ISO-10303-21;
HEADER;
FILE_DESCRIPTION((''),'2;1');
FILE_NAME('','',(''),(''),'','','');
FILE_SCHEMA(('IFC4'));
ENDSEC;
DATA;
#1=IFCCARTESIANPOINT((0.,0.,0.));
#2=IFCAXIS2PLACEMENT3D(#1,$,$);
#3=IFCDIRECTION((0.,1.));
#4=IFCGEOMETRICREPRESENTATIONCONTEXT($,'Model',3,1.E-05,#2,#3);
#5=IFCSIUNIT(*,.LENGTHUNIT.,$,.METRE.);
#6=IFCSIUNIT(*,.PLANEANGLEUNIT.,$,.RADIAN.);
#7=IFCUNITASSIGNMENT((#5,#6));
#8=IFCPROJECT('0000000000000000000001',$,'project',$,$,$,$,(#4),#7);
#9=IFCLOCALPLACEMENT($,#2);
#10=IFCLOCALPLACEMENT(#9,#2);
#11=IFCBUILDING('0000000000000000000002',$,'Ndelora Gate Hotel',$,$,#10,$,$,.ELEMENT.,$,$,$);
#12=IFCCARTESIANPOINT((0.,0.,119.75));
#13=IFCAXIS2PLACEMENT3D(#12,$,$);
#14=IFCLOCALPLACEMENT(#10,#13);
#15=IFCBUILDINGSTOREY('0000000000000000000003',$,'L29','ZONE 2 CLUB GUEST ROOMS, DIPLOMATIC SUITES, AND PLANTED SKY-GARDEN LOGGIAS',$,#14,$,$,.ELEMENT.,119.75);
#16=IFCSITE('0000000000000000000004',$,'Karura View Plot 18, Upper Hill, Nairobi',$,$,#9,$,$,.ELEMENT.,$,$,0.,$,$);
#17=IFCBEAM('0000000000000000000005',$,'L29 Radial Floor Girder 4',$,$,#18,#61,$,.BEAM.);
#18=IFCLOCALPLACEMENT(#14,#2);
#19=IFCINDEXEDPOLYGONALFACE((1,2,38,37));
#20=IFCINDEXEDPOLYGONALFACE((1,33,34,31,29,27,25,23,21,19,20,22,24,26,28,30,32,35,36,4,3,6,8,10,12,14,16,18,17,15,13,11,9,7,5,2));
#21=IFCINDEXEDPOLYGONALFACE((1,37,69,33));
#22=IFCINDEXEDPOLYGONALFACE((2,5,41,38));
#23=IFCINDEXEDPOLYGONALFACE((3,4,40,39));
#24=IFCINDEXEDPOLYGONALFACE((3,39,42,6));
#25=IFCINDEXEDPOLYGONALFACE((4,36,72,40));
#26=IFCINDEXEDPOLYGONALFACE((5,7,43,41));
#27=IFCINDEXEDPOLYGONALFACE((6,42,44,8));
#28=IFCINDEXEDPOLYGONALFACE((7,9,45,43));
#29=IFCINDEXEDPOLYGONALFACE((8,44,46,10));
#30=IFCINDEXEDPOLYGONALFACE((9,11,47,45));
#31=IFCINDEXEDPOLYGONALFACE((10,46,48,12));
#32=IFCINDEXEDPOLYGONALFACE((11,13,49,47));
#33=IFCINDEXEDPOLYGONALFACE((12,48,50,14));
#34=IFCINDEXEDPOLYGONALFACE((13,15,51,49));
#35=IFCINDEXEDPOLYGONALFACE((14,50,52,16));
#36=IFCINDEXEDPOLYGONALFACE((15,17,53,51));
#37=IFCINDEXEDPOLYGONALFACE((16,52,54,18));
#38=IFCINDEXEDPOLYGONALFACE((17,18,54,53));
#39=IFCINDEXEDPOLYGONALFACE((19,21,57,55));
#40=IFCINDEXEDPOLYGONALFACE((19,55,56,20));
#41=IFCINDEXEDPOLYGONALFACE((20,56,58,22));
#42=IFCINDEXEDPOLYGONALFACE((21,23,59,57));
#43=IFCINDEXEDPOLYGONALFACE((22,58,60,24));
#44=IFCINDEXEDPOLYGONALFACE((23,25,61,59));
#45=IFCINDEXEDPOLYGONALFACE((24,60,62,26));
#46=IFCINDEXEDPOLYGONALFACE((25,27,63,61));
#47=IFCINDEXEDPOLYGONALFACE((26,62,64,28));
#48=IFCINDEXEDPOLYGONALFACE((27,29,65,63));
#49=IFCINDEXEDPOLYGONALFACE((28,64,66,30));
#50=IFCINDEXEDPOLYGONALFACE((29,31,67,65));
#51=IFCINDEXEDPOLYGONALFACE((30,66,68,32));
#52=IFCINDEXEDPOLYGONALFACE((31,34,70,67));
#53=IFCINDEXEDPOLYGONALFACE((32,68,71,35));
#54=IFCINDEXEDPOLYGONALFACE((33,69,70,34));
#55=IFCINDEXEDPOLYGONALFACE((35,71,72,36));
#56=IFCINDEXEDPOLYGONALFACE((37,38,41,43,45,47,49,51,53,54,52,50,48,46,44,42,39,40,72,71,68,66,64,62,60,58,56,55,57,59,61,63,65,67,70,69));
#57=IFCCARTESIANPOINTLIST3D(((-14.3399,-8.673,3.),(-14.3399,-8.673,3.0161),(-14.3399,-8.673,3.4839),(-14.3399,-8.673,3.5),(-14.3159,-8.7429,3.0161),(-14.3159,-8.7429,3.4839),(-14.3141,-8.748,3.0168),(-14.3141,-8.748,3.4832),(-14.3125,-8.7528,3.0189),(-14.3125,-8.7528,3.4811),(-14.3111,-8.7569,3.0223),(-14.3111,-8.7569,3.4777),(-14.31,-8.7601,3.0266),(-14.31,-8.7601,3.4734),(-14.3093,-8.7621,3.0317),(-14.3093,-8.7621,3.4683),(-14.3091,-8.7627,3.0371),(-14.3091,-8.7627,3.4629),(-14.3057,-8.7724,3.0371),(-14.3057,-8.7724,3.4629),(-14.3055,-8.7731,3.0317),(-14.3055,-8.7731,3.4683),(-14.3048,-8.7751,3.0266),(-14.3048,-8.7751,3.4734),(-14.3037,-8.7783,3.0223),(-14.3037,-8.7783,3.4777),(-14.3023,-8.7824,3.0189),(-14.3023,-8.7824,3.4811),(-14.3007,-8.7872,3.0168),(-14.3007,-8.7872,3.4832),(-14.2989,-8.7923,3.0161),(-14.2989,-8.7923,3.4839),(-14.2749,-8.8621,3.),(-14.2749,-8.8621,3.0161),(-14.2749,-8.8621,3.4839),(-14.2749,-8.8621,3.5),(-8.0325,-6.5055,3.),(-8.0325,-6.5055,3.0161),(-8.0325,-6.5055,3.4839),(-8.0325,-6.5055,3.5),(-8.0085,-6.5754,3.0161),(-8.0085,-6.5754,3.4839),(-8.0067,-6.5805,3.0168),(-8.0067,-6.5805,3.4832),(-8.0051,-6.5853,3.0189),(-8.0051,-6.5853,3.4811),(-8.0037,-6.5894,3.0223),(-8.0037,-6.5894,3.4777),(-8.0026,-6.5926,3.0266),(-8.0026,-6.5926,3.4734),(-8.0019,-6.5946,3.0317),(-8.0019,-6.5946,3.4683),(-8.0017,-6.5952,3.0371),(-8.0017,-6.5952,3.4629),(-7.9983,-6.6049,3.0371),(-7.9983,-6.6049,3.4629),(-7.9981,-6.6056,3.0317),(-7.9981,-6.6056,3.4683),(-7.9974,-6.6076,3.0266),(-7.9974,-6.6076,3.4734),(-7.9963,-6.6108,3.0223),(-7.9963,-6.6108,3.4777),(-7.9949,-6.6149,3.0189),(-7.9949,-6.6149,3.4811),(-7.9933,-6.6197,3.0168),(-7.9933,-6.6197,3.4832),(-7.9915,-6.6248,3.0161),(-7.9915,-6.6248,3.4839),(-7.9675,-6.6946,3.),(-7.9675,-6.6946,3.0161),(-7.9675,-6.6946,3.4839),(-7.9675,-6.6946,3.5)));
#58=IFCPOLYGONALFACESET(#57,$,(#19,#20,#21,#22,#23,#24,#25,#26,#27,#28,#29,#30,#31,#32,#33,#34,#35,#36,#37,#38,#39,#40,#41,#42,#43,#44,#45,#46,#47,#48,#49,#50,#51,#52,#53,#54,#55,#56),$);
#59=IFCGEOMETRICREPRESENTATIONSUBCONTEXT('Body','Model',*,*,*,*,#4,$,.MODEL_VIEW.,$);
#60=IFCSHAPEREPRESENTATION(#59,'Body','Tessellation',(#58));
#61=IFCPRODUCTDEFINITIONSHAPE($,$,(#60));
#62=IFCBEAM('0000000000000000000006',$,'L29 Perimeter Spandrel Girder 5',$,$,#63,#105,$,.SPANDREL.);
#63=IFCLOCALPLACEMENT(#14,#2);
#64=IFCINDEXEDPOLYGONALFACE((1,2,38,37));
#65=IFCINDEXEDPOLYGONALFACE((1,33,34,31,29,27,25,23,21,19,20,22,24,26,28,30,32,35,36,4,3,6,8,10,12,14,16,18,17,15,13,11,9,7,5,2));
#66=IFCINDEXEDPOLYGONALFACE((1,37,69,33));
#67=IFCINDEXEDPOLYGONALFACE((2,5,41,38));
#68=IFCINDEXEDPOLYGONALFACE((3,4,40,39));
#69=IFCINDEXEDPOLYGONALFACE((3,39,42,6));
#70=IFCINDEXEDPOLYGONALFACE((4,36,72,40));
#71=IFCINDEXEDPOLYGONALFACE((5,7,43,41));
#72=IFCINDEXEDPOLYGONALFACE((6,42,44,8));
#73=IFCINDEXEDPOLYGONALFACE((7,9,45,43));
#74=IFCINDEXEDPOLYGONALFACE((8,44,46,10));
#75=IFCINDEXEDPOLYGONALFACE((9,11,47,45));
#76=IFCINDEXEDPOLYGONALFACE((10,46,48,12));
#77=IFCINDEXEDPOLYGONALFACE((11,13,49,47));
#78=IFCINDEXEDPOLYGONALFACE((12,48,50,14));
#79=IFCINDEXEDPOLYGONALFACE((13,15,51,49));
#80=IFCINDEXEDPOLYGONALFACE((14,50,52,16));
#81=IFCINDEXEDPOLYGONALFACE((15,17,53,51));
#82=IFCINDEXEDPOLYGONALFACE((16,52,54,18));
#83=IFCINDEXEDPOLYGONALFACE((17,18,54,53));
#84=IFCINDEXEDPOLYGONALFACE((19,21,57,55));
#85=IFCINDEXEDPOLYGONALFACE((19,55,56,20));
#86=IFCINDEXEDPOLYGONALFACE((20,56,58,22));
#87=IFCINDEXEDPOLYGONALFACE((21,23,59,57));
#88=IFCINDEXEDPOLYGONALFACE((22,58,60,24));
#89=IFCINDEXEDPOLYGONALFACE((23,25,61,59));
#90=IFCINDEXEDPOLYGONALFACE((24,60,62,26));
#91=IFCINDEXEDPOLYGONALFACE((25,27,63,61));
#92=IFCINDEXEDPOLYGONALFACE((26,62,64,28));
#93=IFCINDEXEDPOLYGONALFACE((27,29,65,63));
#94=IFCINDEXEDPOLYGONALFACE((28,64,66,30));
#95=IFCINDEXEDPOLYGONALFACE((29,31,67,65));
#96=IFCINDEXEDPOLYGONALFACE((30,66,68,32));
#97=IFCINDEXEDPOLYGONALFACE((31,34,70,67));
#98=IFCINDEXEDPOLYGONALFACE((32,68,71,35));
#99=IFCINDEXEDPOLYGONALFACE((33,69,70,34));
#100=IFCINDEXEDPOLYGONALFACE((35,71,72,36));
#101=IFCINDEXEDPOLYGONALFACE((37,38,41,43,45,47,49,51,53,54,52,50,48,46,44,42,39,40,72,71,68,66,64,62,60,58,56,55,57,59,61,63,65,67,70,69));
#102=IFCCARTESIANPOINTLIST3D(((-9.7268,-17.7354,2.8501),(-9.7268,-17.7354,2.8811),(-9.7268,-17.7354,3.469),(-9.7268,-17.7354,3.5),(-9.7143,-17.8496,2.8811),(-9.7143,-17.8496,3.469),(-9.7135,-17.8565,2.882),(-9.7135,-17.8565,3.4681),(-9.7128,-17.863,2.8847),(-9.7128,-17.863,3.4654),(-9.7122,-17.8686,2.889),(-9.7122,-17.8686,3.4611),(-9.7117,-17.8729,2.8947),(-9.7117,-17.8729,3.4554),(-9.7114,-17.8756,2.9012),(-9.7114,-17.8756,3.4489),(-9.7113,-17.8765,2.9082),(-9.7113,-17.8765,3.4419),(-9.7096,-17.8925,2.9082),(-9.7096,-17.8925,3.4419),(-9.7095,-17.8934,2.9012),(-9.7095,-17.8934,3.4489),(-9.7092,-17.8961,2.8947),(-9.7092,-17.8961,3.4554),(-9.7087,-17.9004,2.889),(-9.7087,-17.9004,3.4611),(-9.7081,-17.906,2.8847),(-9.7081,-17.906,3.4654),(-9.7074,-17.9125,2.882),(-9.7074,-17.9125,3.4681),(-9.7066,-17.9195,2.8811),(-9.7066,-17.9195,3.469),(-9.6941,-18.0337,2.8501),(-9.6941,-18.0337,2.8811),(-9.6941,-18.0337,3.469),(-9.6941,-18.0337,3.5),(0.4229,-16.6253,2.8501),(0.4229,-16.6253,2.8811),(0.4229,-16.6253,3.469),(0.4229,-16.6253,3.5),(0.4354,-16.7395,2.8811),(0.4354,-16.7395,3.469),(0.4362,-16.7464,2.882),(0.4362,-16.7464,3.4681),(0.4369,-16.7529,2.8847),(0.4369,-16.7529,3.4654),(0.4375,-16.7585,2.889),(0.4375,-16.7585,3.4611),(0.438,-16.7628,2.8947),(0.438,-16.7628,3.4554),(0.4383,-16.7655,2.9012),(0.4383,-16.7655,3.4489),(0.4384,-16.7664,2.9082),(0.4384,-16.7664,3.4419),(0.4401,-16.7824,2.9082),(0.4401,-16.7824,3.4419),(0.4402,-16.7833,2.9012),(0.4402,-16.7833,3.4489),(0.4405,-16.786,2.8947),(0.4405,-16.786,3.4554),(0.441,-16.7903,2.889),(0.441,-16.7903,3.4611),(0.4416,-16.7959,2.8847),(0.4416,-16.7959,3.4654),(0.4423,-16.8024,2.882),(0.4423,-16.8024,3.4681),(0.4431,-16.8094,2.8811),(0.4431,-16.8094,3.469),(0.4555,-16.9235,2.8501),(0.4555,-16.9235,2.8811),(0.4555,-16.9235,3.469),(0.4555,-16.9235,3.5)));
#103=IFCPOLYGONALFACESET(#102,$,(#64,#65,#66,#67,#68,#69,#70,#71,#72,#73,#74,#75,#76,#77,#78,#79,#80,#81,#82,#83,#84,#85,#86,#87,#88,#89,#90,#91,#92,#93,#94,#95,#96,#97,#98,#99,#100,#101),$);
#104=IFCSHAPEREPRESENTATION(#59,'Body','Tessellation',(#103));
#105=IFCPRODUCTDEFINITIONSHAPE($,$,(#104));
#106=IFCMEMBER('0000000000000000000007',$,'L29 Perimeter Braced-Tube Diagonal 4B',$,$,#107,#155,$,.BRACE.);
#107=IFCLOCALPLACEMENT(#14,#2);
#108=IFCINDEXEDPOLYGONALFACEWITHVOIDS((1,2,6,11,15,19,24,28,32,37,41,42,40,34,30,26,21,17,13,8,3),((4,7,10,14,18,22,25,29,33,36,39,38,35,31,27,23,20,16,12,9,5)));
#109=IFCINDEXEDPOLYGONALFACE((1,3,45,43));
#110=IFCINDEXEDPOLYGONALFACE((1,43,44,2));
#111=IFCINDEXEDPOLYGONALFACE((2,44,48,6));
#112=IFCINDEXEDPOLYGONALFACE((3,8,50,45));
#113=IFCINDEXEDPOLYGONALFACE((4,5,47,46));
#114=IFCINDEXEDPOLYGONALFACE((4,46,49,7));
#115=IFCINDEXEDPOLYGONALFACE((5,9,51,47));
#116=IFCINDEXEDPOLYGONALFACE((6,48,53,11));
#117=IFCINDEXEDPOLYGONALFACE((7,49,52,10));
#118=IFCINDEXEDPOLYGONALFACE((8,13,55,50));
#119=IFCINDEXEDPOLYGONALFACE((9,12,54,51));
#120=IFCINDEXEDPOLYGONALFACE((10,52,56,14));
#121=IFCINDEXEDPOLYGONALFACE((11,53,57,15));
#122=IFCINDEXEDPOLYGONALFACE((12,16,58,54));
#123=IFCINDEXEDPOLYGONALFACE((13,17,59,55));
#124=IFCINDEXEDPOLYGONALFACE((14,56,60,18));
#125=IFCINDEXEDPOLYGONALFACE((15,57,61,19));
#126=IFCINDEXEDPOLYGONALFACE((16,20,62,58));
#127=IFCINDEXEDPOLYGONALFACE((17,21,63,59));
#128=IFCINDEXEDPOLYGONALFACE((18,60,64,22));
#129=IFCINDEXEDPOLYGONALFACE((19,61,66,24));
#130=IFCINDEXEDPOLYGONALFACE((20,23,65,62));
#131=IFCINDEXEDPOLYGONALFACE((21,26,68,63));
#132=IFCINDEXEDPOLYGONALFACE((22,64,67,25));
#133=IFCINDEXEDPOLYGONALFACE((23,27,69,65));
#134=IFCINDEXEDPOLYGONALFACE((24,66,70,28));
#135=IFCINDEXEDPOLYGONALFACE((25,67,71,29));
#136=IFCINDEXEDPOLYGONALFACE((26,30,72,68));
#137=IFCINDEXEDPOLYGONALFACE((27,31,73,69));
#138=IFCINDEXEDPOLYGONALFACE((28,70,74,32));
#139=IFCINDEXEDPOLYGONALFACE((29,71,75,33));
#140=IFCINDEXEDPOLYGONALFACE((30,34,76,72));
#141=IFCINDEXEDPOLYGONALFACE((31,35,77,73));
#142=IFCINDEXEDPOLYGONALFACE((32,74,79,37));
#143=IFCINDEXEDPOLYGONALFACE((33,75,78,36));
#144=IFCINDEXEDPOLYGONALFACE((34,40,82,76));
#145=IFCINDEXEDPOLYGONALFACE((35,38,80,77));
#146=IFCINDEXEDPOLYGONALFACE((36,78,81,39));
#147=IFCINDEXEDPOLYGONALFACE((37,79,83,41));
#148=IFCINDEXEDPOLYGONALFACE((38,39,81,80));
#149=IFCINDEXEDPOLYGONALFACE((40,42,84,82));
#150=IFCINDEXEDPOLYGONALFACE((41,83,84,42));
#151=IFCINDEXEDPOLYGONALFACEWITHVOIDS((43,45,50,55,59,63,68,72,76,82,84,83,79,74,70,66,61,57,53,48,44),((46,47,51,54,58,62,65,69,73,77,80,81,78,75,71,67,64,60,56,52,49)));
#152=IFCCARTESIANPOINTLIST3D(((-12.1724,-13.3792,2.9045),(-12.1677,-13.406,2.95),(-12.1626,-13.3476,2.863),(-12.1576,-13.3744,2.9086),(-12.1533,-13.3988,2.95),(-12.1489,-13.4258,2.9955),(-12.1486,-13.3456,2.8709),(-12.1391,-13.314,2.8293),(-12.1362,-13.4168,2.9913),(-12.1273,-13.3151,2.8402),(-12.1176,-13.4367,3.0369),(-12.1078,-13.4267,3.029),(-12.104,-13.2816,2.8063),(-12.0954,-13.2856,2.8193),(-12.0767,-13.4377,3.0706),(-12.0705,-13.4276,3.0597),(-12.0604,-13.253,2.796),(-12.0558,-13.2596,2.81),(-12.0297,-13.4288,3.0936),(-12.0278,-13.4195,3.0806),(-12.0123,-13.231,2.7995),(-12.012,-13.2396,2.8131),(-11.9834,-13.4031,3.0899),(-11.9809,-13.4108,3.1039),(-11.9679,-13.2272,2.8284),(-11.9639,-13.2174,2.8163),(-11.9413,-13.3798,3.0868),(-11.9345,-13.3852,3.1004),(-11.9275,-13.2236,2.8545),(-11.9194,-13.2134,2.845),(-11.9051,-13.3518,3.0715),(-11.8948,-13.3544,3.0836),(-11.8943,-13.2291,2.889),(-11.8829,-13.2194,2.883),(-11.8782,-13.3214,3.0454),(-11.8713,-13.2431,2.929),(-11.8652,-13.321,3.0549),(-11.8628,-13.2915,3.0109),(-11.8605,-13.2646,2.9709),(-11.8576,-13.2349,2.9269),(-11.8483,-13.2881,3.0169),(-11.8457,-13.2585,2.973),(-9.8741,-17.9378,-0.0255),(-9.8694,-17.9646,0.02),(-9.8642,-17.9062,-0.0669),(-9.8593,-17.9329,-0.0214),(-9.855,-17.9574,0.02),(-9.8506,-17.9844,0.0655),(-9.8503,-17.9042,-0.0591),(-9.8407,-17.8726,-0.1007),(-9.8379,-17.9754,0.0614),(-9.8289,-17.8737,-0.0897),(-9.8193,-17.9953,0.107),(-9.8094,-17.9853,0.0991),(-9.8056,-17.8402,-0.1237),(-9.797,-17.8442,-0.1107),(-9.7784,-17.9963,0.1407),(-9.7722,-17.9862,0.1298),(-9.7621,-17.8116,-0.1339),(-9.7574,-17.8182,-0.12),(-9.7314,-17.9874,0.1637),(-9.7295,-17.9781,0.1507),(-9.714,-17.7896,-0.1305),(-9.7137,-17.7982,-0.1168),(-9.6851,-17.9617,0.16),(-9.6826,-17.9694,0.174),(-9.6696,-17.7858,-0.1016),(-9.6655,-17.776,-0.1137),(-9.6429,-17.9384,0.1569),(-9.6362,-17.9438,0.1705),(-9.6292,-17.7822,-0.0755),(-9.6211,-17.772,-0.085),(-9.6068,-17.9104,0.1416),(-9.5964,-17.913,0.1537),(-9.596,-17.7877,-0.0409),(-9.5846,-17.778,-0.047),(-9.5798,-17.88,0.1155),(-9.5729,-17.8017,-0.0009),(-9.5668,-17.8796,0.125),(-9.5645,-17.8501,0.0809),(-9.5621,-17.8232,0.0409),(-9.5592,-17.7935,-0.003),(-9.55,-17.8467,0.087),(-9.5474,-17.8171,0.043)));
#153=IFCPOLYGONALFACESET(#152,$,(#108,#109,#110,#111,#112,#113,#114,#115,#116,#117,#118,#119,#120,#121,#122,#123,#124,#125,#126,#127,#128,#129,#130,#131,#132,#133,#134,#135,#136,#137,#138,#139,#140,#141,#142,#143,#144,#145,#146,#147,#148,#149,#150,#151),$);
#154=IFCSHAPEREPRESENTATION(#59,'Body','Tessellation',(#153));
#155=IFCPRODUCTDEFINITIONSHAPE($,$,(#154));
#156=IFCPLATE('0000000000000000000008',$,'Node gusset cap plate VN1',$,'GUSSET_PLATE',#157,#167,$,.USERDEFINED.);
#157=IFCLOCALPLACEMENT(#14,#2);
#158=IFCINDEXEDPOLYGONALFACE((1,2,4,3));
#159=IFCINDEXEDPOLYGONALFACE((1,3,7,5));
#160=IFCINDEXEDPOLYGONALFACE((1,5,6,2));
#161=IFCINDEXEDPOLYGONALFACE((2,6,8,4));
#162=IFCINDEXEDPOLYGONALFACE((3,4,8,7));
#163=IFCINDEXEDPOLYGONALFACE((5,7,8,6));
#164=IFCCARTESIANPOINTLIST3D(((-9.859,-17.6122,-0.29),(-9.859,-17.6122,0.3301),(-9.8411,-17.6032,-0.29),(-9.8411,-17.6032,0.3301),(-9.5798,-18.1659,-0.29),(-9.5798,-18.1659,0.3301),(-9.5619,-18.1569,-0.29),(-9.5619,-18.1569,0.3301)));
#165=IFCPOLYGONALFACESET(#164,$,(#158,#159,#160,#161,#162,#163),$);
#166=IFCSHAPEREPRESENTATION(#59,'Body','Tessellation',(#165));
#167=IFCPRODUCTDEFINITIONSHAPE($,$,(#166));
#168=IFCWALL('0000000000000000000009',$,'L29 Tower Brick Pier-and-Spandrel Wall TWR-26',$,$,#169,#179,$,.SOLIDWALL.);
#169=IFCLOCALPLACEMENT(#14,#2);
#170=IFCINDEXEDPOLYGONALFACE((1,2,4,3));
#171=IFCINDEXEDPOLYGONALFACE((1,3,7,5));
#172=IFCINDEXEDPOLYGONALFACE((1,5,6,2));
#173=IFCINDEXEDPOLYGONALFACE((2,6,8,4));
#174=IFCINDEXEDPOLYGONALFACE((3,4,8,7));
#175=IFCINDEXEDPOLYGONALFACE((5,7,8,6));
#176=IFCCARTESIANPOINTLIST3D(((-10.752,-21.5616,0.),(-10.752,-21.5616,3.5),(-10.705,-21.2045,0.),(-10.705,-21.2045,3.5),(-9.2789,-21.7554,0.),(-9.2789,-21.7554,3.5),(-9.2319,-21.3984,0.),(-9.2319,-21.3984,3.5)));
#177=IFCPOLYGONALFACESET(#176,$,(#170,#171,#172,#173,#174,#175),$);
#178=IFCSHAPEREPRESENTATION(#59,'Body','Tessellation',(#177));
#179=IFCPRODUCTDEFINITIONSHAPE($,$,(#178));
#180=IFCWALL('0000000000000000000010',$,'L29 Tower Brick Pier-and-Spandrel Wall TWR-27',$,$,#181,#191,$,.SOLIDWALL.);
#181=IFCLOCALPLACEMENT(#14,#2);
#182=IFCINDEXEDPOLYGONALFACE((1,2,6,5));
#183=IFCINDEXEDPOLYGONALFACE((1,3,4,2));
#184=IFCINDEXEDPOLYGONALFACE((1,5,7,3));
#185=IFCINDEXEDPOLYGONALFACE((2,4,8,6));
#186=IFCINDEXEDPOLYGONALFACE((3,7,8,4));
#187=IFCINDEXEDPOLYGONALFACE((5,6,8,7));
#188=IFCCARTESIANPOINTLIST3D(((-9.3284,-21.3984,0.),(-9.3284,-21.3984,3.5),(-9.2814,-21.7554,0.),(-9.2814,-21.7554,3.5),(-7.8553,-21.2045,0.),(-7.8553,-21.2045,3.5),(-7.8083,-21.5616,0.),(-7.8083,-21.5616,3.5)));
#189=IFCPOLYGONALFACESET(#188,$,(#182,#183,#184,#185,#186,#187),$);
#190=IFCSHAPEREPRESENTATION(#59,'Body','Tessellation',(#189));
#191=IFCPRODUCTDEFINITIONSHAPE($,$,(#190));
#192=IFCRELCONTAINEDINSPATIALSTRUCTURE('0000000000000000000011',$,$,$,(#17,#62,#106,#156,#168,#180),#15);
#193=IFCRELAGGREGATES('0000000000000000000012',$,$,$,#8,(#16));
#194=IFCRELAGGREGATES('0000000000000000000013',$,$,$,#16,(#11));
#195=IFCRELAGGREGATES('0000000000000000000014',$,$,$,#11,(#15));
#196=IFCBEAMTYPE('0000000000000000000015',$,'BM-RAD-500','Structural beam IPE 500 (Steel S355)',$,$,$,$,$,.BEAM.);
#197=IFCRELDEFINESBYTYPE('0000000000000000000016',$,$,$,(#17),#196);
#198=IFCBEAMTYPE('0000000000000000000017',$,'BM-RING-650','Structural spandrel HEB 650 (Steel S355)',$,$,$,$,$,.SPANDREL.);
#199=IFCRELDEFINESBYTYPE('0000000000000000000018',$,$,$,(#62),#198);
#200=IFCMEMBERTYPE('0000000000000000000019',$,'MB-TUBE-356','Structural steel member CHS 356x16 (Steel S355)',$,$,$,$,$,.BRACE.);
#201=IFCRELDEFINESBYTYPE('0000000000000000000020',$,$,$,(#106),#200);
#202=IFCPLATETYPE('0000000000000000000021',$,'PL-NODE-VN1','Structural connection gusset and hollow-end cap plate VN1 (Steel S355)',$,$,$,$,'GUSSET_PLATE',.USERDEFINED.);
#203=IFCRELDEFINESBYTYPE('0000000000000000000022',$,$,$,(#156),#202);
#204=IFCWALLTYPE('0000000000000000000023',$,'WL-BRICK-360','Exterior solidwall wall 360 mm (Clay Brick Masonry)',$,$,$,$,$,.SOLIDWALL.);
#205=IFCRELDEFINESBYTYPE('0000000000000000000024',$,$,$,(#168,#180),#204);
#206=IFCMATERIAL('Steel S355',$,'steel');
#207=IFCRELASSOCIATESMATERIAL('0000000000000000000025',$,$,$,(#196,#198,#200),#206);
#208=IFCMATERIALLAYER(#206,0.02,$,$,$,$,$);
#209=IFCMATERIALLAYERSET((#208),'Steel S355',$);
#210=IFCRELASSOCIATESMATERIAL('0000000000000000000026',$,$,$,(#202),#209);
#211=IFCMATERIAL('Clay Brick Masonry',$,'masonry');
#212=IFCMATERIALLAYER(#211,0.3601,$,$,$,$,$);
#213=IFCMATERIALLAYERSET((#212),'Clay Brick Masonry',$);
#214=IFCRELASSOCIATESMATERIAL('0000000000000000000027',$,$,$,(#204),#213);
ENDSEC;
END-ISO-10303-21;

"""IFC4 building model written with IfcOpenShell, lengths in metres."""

from ifc_helpers import new_model, si_unit, direction, frame, frame_2d, origin, origin_2d, place, context, subcontext, project, spatial, rectangle, hollow_circle, i_section, extrude, material, layer, layer_set, material_profile, profile_set, type_object, element, save


model = new_model("IFC4")

# Units and contexts
model_context = context("Model", 3, precision=1e-05, world=origin(), true_north=direction((0.0, 1.0)))
body_context = subcontext(model_context, "Body", "Model", "MODEL_VIEW")
ifc_project = project(units=[si_unit("LENGTHUNIT", "METRE"), si_unit("PLANEANGLEUNIT", "RADIAN")], contexts=[model_context])

# Site, building, storey
site_placement = place(None, origin())
site = spatial("IfcSite", under=ifc_project, at=site_placement, Name="Karura View Plot 18, Upper Hill, Nairobi", CompositionType="ELEMENT", RefElevation=0.0)
building_placement = place(site_placement, origin())
building = spatial("IfcBuilding", under=site, at=building_placement, Name="Ndelora Gate Hotel", CompositionType="ELEMENT")
storey_placement = place(building_placement, frame((0.0, 0.0, 119.75)))
storey = spatial("IfcBuildingStorey", under=building, at=storey_placement, Name="L29", Description="ZONE 2 CLUB GUEST ROOMS, DIPLOMATIC SUITES, AND PLANTED SKY-GARDEN LOGGIAS", CompositionType="ELEMENT", Elevation=119.75)

# Beams
ifc_material_1 = material(Name="Steel S355", Category="steel")
ifc_material_profile_1 = material_profile(ifc_material_1, i_section(OverallWidth=0.2, OverallDepth=0.5, WebThickness=0.0103, FlangeThickness=0.0161, FilletRadius=0.021, at=origin_2d()), Name="IPE 500")
ifc_profile_set_1 = profile_set([ifc_material_profile_1], Name="Steel S355")
beam_type_1 = type_object("IfcBeamType", Name="BM-RAD-500", Description="Structural beam IPE 500 (Steel S355)", PredefinedType="BEAM", material=ifc_profile_set_1)
beam_1_placement = place(storey_placement, frame((-8.0, -6.6001, 3.25), z_axis=(-0.945718, -0.324989, 0.0), x_axis=(0.324989, -0.945718, 0.0)))
element("IfcBeam", 1, at=beam_1_placement, inside=storey, type_object=beam_type_1, Name="L29 Radial Floor Girder 4", PredefinedType="BEAM", context=body_context, shape_type="SweptSolid", body=[
    extrude(i_section(OverallWidth=0.2, OverallDepth=0.5, WebThickness=0.0103, FlangeThickness=0.0161, FilletRadius=0.021, at=origin_2d()), origin(), (0.0, 0.0, 1.0), 6.6694),
])
ifc_material_profile_2 = material_profile(ifc_material_1, i_section(OverallWidth=0.3, OverallDepth=0.6499, WebThickness=0.0161, FlangeThickness=0.031, FilletRadius=0.0271, at=origin_2d()), Name="HEB 650")
ifc_profile_set_2 = profile_set([ifc_material_profile_2], Name="Steel S355")
beam_type_2 = type_object("IfcBeamType", Name="BM-RING-650", Description="Structural spandrel HEB 650 (Steel S355)", PredefinedType="SPANDREL", material=ifc_profile_set_2)
beam_2_placement = place(storey_placement, frame((-9.7104, -17.8845, 3.175), z_axis=(0.994072, 0.108725, 0.0), x_axis=(-0.108725, 0.994072, 0.0)))
element("IfcBeam", 2, at=beam_2_placement, inside=storey, type_object=beam_type_2, Name="L29 Perimeter Spandrel Girder 5", PredefinedType="SPANDREL", context=body_context, shape_type="SweptSolid", body=[
    extrude(i_section(OverallWidth=0.3, OverallDepth=0.6499, WebThickness=0.0161, FlangeThickness=0.031, FilletRadius=0.0271, at=origin_2d()), origin(), (0.0, 0.0, 1.0), 10.2102),
])

# Member
ifc_material_profile_3 = material_profile(ifc_material_1, hollow_circle(Radius=0.178, WallThickness=0.0161, at=origin_2d()), Name="CHS 356x16")
ifc_profile_set_3 = profile_set([ifc_material_profile_3], Name="Steel S355")
member_type = type_object("IfcMemberType", Name="MB-TUBE-356", Description="Structural steel member CHS 356x16 (Steel S355)", PredefinedType="BRACE", material=ifc_profile_set_3)
member_placement = place(storey_placement, frame((-9.7104, -17.8845, 0.02), z_axis=(-0.390461, 0.774451, 0.497761), x_axis=(-0.89293, -0.450195, 0.0)))
element("IfcMember", 3, at=member_placement, inside=storey, type_object=member_type, Name="L29 Perimeter Braced-Tube Diagonal 4B", PredefinedType="BRACE", context=body_context, shape_type="SweptSolid", body=[
    extrude(hollow_circle(Radius=0.178, WallThickness=0.0161, at=origin_2d()), origin(), (0.0, 0.0, 1.0), 5.8862),
])

# Plate
ifc_layer_1 = layer(ifc_material_1, 0.02)
ifc_layer_set_1 = layer_set([ifc_layer_1], Name="Steel S355")
plate_type = type_object("IfcPlateType", Name="PL-NODE-VN1", Description="Structural connection gusset and hollow-end cap plate VN1 (Steel S355)", ElementType="GUSSET_PLATE", PredefinedType="USERDEFINED", material=ifc_layer_set_1)
plate_placement = place(storey_placement, frame((-9.7104, -17.8845, -0.29), z_axis=(0.0, 0.0, 1.0), x_axis=(-0.450254, 0.8929, 0.0)))
element("IfcPlate", 4, at=plate_placement, inside=storey, type_object=plate_type, Name="Node gusset cap plate VN1", ObjectType="GUSSET_PLATE", PredefinedType="USERDEFINED", context=body_context, shape_type="SweptSolid", body=[
    extrude(rectangle(XDim=0.6201, YDim=0.02, at=origin_2d()), origin(), (0.0, 0.0, 1.0), 0.6201),
])

# Walls
ifc_material_2 = material(Name="Clay Brick Masonry", Category="masonry")
ifc_layer_2 = layer(ifc_material_2, 0.3601)
ifc_layer_set_2 = layer_set([ifc_layer_2], Name="Clay Brick Masonry")
wall_type_1 = type_object("IfcWallType", Name="WL-BRICK-360", Description="Exterior solidwall wall 360 mm (Clay Brick Masonry)", PredefinedType="SOLIDWALL", material=ifc_layer_set_2)
for number, where, z_axis, x_axis, name in (
    (5, (-9.2554, -21.5769, 0.0), (0.0, 0.0, 1.0), (-0.991453, 0.130463, 0.0), "L29 Tower Brick Pier-and-Spandrel Wall TWR-26"),
    (6, (-7.8318, -21.3831, 0.0), (0.0, 0.0, 1.0), (-0.991453, -0.130463, 0.0), "L29 Tower Brick Pier-and-Spandrel Wall TWR-27"),
):
    element("IfcWall", number, at=place(storey_placement, frame(where, z_axis=z_axis, x_axis=x_axis)), inside=storey, type_object=wall_type_1, Name=name, PredefinedType="SOLIDWALL", context=body_context, shape_type="SweptSolid", body=[
        extrude(rectangle(XDim=1.4858, YDim=0.3601, at=frame_2d((0.7429, 0.0))), origin(), (0.0, 0.0, 1.0), 3.5),
    ])

save(model, "model.ifc")
